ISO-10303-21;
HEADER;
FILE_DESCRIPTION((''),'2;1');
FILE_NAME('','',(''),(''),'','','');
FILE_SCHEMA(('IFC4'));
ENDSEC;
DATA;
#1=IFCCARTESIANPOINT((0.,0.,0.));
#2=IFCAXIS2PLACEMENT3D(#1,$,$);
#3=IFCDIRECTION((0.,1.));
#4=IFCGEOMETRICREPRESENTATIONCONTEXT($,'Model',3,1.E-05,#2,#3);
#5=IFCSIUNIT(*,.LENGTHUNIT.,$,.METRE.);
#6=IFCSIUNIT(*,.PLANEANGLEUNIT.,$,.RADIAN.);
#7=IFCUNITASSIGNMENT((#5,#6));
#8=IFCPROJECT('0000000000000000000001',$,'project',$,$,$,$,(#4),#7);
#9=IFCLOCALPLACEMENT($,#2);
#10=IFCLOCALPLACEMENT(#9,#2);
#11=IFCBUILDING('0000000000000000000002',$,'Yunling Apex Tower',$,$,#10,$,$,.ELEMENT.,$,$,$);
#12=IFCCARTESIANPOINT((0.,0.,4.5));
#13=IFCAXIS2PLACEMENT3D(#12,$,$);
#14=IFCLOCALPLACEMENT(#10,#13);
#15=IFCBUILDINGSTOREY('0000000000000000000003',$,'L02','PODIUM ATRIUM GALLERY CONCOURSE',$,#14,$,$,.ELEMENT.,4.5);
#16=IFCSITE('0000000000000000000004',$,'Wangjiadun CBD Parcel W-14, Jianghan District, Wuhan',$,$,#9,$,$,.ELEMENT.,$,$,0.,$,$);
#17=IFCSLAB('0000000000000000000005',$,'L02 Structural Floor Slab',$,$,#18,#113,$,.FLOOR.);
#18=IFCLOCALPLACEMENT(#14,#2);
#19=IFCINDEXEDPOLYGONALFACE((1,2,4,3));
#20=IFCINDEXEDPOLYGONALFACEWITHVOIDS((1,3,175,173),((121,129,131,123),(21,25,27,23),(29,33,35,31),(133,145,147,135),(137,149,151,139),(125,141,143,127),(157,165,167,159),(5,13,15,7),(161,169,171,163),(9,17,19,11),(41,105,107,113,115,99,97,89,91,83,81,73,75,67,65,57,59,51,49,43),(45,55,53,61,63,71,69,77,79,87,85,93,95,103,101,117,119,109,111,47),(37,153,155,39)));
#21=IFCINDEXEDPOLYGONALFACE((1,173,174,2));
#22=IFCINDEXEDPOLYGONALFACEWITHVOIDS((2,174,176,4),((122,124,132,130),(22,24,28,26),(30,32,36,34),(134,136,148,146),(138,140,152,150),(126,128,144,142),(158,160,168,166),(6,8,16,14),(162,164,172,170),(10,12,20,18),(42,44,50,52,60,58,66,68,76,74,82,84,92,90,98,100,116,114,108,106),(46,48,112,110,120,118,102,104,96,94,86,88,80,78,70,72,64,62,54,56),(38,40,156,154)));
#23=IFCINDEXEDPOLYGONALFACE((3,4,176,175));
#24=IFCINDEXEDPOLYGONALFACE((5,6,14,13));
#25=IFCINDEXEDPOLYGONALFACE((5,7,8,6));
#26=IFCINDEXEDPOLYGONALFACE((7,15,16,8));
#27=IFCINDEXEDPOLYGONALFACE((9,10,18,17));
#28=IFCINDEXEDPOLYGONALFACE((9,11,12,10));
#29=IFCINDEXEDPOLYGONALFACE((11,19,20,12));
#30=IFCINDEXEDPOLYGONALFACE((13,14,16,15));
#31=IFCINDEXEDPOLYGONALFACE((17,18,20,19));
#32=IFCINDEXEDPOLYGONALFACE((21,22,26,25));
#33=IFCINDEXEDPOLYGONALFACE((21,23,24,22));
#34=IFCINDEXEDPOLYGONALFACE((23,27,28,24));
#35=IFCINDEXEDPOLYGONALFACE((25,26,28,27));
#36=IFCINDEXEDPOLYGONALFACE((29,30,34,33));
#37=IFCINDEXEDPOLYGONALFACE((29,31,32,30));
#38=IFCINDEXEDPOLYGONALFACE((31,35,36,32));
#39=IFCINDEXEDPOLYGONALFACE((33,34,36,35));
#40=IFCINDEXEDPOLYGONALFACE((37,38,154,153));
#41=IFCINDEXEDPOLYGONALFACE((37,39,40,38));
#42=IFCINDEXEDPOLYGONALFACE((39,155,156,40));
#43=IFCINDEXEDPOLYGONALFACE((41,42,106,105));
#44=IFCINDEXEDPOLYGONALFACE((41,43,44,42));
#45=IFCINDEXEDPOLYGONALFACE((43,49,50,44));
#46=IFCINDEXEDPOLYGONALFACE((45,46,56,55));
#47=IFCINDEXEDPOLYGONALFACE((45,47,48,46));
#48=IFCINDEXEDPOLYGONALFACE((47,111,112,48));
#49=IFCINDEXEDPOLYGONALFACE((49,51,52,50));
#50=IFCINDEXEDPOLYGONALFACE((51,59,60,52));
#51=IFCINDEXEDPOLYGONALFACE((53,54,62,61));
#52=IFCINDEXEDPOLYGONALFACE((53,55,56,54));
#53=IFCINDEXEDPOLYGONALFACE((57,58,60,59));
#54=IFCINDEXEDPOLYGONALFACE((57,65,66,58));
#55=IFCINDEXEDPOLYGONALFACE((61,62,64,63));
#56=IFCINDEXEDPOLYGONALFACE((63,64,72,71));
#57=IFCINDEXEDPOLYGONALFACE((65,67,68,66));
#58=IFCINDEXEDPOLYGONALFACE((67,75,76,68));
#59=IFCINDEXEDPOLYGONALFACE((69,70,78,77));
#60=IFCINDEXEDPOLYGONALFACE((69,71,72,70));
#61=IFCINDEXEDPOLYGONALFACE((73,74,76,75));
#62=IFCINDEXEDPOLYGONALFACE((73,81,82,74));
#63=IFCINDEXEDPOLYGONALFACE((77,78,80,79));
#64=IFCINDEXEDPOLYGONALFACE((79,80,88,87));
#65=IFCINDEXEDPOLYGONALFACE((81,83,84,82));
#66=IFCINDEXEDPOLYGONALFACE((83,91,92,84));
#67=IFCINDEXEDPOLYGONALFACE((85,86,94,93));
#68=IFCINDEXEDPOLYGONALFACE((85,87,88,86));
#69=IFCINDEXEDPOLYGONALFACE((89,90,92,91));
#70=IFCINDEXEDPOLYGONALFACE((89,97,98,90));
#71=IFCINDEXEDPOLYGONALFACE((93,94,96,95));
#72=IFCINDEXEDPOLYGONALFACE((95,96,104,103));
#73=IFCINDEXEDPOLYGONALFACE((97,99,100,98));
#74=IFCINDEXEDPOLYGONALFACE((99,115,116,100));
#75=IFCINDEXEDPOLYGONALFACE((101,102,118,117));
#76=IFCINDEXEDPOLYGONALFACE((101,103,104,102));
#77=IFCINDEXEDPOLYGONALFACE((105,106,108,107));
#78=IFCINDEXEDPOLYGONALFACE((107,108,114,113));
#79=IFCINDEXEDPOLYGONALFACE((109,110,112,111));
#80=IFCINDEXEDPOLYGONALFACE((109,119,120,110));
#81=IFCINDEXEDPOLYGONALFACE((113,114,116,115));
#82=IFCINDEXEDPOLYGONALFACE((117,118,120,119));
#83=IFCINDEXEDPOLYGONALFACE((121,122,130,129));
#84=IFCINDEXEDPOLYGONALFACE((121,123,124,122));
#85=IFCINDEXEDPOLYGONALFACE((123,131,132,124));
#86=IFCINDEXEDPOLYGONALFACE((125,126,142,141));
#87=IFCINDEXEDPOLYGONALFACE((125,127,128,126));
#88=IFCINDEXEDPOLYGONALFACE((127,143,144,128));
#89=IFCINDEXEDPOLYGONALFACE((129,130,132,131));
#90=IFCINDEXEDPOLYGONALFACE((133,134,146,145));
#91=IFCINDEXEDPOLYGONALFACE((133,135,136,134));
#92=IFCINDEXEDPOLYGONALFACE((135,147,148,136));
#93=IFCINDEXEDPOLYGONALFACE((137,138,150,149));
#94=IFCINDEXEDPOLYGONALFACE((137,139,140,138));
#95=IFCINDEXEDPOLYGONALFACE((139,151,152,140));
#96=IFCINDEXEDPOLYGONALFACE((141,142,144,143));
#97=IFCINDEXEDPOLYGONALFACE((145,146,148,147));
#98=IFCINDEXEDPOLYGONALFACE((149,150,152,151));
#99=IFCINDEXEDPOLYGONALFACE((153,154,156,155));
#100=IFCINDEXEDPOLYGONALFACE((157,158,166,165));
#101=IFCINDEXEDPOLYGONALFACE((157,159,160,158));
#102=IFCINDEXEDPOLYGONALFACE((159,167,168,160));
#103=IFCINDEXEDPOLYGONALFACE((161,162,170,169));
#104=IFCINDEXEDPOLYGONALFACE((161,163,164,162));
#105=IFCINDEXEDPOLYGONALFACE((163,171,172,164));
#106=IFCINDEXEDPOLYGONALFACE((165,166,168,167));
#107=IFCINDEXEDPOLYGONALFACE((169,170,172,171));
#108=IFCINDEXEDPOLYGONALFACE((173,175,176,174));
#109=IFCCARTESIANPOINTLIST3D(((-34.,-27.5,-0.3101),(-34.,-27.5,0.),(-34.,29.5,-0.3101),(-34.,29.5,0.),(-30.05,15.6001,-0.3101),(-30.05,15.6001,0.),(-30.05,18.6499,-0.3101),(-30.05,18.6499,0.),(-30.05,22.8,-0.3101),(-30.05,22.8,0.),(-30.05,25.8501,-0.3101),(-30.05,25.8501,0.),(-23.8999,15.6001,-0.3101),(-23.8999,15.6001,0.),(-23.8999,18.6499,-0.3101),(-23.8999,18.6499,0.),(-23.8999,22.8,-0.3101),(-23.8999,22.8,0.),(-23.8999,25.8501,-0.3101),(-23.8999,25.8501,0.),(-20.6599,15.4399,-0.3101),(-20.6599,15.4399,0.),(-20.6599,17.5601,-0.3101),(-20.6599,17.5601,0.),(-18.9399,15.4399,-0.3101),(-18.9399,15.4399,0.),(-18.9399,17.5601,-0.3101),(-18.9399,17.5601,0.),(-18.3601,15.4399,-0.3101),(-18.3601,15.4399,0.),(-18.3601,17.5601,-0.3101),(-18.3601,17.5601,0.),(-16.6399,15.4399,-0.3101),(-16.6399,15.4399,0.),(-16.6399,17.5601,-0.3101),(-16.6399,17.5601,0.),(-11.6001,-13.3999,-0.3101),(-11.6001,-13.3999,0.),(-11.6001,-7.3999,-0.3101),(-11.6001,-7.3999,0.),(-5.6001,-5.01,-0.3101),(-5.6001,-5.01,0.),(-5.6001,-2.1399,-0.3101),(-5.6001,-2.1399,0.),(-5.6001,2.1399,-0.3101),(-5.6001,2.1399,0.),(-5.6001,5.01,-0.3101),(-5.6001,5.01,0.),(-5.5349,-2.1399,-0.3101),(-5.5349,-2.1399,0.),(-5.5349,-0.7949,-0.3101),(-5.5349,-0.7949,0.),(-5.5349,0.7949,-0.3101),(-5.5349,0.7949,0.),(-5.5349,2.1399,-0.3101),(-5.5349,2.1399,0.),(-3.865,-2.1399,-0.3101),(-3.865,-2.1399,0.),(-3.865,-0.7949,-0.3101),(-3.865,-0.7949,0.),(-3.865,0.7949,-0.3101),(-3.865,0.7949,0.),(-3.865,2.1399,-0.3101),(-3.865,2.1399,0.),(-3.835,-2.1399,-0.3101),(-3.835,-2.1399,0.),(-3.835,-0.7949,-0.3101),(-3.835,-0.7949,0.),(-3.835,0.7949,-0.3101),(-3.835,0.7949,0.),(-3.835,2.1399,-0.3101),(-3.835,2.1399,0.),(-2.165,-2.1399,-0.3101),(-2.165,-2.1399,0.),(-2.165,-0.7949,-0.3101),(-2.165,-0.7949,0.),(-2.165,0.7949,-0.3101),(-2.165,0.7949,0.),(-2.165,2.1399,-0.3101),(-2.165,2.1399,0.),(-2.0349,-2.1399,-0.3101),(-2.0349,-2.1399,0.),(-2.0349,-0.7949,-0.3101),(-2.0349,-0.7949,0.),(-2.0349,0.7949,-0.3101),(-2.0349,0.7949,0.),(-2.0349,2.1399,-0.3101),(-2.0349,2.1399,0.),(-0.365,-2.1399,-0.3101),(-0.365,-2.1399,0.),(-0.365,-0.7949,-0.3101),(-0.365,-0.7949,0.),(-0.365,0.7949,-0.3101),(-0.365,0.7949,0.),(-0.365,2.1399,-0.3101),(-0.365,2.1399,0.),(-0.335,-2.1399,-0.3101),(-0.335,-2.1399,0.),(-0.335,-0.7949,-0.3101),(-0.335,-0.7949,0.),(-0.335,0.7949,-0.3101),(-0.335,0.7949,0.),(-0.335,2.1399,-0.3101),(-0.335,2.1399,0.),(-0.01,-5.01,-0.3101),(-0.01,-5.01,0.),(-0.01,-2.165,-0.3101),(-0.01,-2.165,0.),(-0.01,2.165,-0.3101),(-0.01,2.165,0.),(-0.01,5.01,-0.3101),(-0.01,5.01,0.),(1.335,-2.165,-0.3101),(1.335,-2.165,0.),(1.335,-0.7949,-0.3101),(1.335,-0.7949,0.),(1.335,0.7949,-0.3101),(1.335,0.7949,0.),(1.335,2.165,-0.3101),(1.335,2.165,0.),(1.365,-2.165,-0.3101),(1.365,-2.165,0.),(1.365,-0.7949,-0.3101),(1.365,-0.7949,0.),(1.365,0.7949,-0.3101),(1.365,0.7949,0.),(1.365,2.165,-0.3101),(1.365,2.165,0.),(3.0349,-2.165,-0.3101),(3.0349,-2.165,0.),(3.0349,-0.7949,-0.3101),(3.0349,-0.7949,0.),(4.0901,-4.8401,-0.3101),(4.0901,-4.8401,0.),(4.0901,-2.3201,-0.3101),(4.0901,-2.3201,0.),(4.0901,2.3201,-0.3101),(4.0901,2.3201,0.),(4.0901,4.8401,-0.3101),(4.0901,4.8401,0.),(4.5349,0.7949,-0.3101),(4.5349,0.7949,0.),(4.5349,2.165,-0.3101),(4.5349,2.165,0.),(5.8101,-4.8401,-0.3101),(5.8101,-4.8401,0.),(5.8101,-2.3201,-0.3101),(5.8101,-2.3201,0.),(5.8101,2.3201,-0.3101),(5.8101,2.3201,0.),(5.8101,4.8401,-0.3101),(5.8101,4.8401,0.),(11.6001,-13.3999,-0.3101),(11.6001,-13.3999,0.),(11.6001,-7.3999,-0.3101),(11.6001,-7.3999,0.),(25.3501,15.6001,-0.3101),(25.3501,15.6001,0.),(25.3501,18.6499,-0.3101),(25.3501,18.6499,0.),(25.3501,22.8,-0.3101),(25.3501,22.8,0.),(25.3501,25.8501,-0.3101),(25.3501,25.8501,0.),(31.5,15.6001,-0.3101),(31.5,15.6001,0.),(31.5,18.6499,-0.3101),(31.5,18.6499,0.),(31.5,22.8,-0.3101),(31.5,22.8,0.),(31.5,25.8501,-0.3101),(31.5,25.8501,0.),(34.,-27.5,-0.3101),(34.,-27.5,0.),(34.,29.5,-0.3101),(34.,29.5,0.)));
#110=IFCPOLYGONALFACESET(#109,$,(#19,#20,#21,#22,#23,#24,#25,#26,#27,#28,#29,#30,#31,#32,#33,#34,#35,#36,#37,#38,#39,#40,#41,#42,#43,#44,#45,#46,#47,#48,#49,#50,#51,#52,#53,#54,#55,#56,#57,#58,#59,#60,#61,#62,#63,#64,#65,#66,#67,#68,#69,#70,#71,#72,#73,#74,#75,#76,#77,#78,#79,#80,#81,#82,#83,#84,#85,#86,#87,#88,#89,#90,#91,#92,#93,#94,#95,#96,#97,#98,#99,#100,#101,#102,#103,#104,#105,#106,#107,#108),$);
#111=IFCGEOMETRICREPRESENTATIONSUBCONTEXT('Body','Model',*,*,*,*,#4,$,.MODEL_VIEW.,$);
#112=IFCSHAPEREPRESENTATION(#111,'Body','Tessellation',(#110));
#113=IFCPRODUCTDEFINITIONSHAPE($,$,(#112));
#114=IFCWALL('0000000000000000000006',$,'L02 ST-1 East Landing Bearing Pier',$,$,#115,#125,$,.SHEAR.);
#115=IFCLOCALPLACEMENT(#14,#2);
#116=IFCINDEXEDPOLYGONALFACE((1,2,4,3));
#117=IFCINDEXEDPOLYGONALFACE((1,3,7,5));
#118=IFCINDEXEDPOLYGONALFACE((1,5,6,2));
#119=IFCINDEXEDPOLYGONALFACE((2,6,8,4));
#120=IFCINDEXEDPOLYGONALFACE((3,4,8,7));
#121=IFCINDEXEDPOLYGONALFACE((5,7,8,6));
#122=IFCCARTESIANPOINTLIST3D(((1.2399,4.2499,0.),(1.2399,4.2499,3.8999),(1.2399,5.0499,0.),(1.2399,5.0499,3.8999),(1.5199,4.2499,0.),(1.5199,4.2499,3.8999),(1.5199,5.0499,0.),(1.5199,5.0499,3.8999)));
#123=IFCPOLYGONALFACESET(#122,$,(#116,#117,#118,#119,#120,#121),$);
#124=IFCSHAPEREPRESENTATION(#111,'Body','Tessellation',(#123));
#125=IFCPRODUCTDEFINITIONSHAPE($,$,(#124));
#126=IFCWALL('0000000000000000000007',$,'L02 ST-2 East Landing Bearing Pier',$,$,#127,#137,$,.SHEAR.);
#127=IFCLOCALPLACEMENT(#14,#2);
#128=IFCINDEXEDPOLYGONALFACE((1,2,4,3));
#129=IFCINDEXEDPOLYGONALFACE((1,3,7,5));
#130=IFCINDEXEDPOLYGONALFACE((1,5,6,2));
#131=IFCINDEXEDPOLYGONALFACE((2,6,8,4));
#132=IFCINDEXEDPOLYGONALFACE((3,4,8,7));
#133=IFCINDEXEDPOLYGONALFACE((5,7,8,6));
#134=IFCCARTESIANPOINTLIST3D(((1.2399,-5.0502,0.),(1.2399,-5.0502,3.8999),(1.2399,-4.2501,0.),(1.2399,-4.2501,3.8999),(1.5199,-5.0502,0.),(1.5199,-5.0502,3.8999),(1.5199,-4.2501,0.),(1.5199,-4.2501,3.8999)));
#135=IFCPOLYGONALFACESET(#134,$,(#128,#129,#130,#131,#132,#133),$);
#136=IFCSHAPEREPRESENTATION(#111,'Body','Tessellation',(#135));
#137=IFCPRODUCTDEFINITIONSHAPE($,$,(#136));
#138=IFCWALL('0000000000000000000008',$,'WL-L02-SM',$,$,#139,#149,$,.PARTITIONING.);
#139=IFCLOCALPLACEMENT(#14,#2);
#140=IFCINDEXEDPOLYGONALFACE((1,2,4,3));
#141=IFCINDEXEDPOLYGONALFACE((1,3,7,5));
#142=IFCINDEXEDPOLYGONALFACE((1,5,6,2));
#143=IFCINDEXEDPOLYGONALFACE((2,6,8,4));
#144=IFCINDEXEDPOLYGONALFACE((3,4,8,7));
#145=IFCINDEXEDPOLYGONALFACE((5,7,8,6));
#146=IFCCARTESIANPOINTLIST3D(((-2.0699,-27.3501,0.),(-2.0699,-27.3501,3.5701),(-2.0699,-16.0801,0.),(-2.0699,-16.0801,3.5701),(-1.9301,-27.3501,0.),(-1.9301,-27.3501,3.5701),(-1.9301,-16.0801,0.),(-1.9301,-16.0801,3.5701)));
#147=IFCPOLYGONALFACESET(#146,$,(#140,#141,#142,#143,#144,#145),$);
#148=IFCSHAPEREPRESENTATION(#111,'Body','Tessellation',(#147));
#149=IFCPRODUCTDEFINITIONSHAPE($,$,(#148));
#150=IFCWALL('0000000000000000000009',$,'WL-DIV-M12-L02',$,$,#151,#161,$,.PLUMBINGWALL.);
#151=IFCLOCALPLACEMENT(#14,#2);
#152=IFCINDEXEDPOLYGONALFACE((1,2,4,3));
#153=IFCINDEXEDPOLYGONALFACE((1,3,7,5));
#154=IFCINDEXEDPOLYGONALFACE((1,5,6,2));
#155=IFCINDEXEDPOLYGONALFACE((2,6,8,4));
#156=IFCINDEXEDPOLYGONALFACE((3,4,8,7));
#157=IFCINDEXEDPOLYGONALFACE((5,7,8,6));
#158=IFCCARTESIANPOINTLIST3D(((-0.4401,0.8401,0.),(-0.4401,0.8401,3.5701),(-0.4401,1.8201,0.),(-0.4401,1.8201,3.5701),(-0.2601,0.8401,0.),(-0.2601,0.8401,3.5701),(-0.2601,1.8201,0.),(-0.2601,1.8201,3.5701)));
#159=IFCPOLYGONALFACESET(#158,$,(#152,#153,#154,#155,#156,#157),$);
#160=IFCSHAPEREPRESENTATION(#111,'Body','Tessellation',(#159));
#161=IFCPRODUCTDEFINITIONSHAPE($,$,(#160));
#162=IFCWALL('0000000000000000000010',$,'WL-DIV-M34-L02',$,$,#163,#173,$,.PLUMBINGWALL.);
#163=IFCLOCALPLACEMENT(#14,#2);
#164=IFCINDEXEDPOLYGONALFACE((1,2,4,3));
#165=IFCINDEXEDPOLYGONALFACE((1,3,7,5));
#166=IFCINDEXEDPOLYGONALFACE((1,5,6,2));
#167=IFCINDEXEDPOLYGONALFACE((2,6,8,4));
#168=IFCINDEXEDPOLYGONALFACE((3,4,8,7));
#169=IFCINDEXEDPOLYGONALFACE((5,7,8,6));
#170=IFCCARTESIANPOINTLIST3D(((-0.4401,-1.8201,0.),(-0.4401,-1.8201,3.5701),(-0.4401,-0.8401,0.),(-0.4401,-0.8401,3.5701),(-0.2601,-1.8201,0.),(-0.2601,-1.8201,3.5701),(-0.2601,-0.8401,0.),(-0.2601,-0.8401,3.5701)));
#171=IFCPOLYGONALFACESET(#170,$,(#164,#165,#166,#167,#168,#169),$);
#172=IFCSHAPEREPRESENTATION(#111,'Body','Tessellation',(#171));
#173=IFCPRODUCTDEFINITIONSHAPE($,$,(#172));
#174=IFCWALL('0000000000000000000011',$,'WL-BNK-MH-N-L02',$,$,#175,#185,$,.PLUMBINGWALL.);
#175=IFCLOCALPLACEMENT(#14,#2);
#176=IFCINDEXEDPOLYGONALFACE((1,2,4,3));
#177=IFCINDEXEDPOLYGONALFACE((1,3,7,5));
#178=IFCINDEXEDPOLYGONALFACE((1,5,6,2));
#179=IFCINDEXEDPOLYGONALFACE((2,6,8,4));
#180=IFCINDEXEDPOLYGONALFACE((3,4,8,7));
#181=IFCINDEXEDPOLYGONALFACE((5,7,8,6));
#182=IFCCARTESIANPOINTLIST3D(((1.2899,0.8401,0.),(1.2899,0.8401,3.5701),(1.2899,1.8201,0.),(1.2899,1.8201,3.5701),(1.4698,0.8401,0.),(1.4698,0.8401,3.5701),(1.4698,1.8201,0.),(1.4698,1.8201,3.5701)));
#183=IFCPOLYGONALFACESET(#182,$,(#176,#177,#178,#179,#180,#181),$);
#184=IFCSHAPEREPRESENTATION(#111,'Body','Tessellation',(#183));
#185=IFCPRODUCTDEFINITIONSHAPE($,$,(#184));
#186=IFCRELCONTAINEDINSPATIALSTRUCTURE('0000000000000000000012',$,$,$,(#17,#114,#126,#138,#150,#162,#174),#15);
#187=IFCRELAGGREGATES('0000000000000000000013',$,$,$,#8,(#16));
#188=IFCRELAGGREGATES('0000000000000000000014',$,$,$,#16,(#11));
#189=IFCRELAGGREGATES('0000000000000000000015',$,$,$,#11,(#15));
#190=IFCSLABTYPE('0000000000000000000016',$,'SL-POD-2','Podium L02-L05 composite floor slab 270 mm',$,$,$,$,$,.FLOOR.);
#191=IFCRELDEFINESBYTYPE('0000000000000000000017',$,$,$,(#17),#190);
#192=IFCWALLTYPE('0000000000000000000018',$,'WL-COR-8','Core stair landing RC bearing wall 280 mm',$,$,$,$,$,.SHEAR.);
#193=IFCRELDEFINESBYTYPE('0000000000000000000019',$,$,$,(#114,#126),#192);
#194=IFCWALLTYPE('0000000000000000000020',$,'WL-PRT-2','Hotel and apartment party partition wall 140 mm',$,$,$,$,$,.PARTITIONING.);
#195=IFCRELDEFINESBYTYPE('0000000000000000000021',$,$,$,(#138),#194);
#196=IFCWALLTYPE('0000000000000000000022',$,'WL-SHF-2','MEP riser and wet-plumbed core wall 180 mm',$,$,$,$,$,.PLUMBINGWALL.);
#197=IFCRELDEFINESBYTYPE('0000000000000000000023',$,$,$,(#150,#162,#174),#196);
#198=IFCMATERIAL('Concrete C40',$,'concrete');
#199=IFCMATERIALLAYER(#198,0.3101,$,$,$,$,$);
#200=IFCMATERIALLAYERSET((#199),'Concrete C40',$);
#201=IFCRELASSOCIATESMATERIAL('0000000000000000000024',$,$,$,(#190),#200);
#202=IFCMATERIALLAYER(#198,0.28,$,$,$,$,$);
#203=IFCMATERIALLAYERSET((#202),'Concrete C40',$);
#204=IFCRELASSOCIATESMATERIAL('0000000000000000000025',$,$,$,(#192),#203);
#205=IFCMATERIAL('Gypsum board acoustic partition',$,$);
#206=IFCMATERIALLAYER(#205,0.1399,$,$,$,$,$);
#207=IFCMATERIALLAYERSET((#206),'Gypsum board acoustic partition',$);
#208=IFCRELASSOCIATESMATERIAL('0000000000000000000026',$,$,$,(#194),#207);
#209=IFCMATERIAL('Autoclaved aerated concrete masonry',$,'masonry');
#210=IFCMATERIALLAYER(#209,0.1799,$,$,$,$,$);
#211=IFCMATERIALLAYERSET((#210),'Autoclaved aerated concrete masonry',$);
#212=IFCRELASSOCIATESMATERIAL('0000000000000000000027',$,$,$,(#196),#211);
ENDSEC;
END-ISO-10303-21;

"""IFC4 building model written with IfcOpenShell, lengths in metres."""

from ifc_helpers import new_model, si_unit, direction, frame, frame_2d, origin, place, context, subcontext, project, spatial, polyline, rectangle, outline, extrude, material, layer, layer_set, type_object, element, save


model = new_model("IFC4")

# Units and contexts
model_context = context("Model", 3, precision=1e-05, world=origin(), true_north=direction((0.0, 1.0)))
body_context = subcontext(model_context, "Body", "Model", "MODEL_VIEW")
ifc_project = project(units=[si_unit("LENGTHUNIT", "METRE"), si_unit("PLANEANGLEUNIT", "RADIAN")], contexts=[model_context])

# Site, building, storey
site_placement = place(None, origin())
site = spatial("IfcSite", under=ifc_project, at=site_placement, Name="Wangjiadun CBD Parcel W-14, Jianghan District, Wuhan", CompositionType="ELEMENT", RefElevation=0.0)
building_placement = place(site_placement, origin())
building = spatial("IfcBuilding", under=site, at=building_placement, Name="Yunling Apex Tower", CompositionType="ELEMENT")
storey_placement = place(building_placement, frame((0.0, 0.0, 4.5)))
storey = spatial("IfcBuildingStorey", under=building, at=storey_placement, Name="L02", Description="PODIUM ATRIUM GALLERY CONCOURSE", CompositionType="ELEMENT", Elevation=4.5)

# Shared definitions
ifc_material_1 = material(Name="Concrete C40", Category="concrete")

# Slab
ifc_layer_1 = layer(ifc_material_1, 0.3101)
ifc_layer_set_1 = layer_set([ifc_layer_1], Name="Concrete C40")
slab_type_1 = type_object("IfcSlabType", Name="SL-POD-2", Description="Podium L02-L05 composite floor slab 270 mm", PredefinedType="FLOOR", material=ifc_layer_set_1)
slab_1_placement = place(storey_placement, frame((0.0, 0.0, -0.3101)))
element("IfcSlab", 1, at=slab_1_placement, inside=storey, type_object=slab_type_1, Name="L02 Structural Floor Slab", PredefinedType="FLOOR", context=body_context, shape_type="SweptSolid", body=[
    extrude(outline(polyline([(-34.0, -27.5), (34.0, -27.5), (34.0, 29.5), (-34.0, 29.5), (-34.0, -27.5)]), holes=[polyline([(31.5, 15.6001), (25.3501, 15.6001), (25.3501, 18.6499), (31.5, 18.6499), (31.5, 15.6001)]), polyline([(31.5, 22.8), (25.3501, 22.8), (25.3501, 25.8501), (31.5, 25.8501), (31.5, 22.8)]), polyline([(11.6001, -7.3999), (11.6001, -13.3999), (-11.6001, -13.3999), (-11.6001, -7.3999), (11.6001, -7.3999)]), polyline([(5.8101, -2.3201), (5.8101, -4.8401), (4.0901, -4.8401), (4.0901, -2.3201), (5.8101, -2.3201)]), polyline([(5.8101, 4.8401), (5.8101, 2.3201), (4.0901, 2.3201), (4.0901, 4.8401), (5.8101, 4.8401)]), polyline([(4.5349, 0.7949), (1.365, 0.7949), (1.365, 2.165), (4.5349, 2.165), (4.5349, 0.7949)]), polyline([(3.0349, -2.165), (1.365, -2.165), (1.365, -0.7949), (3.0349, -0.7949), (3.0349, -2.165)]), polyline([(-5.6001, 5.01), (-0.01, 5.01), (-0.01, 2.165), (1.335, 2.165), (1.335, 0.7949), (-0.335, 0.7949), (-0.335, 2.1399), (-0.365, 2.1399), (-0.365, 0.7949), (-2.0349, 0.7949), (-2.0349, 2.1399), (-2.165, 2.1399), (-2.165, 0.7949), (-3.835, 0.7949), (-3.835, 2.1399), (-3.865, 2.1399), (-3.865, 0.7949), (-5.5349, 0.7949), (-5.5349, 2.1399), (-5.6001, 2.1399), (-5.6001, 5.01)]), polyline([(-3.865, -0.7949), (-3.865, -2.1399), (-3.835, -2.1399), (-3.835, -0.7949), (-2.165, -0.7949), (-2.165, -2.1399), (-2.0349, -2.1399), (-2.0349, -0.7949), (-0.365, -0.7949), (-0.365, -2.1399), (-0.335, -2.1399), (-0.335, -0.7949), (1.335, -0.7949), (1.335, -2.165), (-0.01, -2.165), (-0.01, -5.01), (-5.6001, -5.01), (-5.6001, -2.1399), (-5.5349, -2.1399), (-5.5349, -0.7949), (-3.865, -0.7949)]), polyline([(-16.6399, 17.5601), (-16.6399, 15.4399), (-18.3601, 15.4399), (-18.3601, 17.5601), (-16.6399, 17.5601)]), polyline([(-18.9399, 15.4399), (-20.6599, 15.4399), (-20.6599, 17.5601), (-18.9399, 17.5601), (-18.9399, 15.4399)]), polyline([(-23.8999, 15.6001), (-30.05, 15.6001), (-30.05, 18.6499), (-23.8999, 18.6499), (-23.8999, 15.6001)]), polyline([(-23.8999, 22.8), (-30.05, 22.8), (-30.05, 25.8501), (-23.8999, 25.8501), (-23.8999, 22.8)])]), origin(), (0.0, 0.0, 1.0), 0.3101),
])

# Walls
ifc_layer_2 = layer(ifc_material_1, 0.28)
ifc_layer_set_2 = layer_set([ifc_layer_2], Name="Concrete C40")
wall_type_1 = type_object("IfcWallType", Name="WL-COR-8", Description="Core stair landing RC bearing wall 280 mm", PredefinedType="SHEAR", material=ifc_layer_set_2)
for number, where, z_axis, x_axis, name in (
    (2, (1.3799, 4.25, 0.0), (0.0, 0.0, 1.0), (0.0, 1.0, 0.0), "L02 ST-1 East Landing Bearing Pier"),
    (3, (1.3799, -5.05, 0.0), (0.0, 0.0, 1.0), (0.0, 1.0, 0.0), "L02 ST-2 East Landing Bearing Pier"),
):
    element("IfcWall", number, at=place(storey_placement, frame(where, z_axis=z_axis, x_axis=x_axis)), inside=storey, type_object=wall_type_1, Name=name, PredefinedType="SHEAR", context=body_context, shape_type="SweptSolid", body=[
        extrude(rectangle(XDim=0.8, YDim=0.28, at=frame_2d((0.3999, 0.0))), origin(), (0.0, 0.0, 1.0), 3.8999),
    ])
ifc_material_2 = material(Name="Gypsum board acoustic partition")
ifc_layer_3 = layer(ifc_material_2, 0.1399)
ifc_layer_set_3 = layer_set([ifc_layer_3], Name="Gypsum board acoustic partition")
wall_type_2 = type_object("IfcWallType", Name="WL-PRT-2", Description="Hotel and apartment party partition wall 140 mm", PredefinedType="PARTITIONING", material=ifc_layer_set_3)
wall_1_placement = place(storey_placement, frame((-2.0, -27.3501, 0.0), z_axis=(0.0, 0.0, 1.0), x_axis=(0.0, 1.0, 0.0)))
element("IfcWall", 4, at=wall_1_placement, inside=storey, type_object=wall_type_2, Name="WL-L02-SM", PredefinedType="PARTITIONING", context=body_context, shape_type="SweptSolid", body=[
    extrude(rectangle(XDim=11.27, YDim=0.1399, at=frame_2d((5.635, 0.0))), origin(), (0.0, 0.0, 1.0), 3.5701),
])

# Shared definitions
ifc_material_3 = material(Name="Autoclaved aerated concrete masonry", Category="masonry")

# Walls
ifc_layer_4 = layer(ifc_material_3, 0.1799)
ifc_layer_set_4 = layer_set([ifc_layer_4], Name="Autoclaved aerated concrete masonry")
wall_type_3 = type_object("IfcWallType", Name="WL-SHF-2", Description="MEP riser and wet-plumbed core wall 180 mm", PredefinedType="PLUMBINGWALL", material=ifc_layer_set_4)
for number, where, z_axis, x_axis, name in (
    (5, (-0.3501, 0.8401, 0.0), (0.0, 0.0, 1.0), (0.0, 1.0, 0.0), "WL-DIV-M12-L02"),
    (6, (-0.3501, -1.8201, 0.0), (0.0, 0.0, 1.0), (0.0, 1.0, 0.0), "WL-DIV-M34-L02"),
    (7, (1.3799, 0.8401, 0.0), (0.0, 0.0, 1.0), (0.0, 1.0, 0.0), "WL-BNK-MH-N-L02"),
):
    element("IfcWall", number, at=place(storey_placement, frame(where, z_axis=z_axis, x_axis=x_axis)), inside=storey, type_object=wall_type_3, Name=name, PredefinedType="PLUMBINGWALL", context=body_context, shape_type="SweptSolid", body=[
        extrude(rectangle(XDim=0.98, YDim=0.1799, at=frame_2d((0.49, 0.0))), origin(), (0.0, 0.0, 1.0), 3.5701),
    ])

save(model, "model.ifc")
